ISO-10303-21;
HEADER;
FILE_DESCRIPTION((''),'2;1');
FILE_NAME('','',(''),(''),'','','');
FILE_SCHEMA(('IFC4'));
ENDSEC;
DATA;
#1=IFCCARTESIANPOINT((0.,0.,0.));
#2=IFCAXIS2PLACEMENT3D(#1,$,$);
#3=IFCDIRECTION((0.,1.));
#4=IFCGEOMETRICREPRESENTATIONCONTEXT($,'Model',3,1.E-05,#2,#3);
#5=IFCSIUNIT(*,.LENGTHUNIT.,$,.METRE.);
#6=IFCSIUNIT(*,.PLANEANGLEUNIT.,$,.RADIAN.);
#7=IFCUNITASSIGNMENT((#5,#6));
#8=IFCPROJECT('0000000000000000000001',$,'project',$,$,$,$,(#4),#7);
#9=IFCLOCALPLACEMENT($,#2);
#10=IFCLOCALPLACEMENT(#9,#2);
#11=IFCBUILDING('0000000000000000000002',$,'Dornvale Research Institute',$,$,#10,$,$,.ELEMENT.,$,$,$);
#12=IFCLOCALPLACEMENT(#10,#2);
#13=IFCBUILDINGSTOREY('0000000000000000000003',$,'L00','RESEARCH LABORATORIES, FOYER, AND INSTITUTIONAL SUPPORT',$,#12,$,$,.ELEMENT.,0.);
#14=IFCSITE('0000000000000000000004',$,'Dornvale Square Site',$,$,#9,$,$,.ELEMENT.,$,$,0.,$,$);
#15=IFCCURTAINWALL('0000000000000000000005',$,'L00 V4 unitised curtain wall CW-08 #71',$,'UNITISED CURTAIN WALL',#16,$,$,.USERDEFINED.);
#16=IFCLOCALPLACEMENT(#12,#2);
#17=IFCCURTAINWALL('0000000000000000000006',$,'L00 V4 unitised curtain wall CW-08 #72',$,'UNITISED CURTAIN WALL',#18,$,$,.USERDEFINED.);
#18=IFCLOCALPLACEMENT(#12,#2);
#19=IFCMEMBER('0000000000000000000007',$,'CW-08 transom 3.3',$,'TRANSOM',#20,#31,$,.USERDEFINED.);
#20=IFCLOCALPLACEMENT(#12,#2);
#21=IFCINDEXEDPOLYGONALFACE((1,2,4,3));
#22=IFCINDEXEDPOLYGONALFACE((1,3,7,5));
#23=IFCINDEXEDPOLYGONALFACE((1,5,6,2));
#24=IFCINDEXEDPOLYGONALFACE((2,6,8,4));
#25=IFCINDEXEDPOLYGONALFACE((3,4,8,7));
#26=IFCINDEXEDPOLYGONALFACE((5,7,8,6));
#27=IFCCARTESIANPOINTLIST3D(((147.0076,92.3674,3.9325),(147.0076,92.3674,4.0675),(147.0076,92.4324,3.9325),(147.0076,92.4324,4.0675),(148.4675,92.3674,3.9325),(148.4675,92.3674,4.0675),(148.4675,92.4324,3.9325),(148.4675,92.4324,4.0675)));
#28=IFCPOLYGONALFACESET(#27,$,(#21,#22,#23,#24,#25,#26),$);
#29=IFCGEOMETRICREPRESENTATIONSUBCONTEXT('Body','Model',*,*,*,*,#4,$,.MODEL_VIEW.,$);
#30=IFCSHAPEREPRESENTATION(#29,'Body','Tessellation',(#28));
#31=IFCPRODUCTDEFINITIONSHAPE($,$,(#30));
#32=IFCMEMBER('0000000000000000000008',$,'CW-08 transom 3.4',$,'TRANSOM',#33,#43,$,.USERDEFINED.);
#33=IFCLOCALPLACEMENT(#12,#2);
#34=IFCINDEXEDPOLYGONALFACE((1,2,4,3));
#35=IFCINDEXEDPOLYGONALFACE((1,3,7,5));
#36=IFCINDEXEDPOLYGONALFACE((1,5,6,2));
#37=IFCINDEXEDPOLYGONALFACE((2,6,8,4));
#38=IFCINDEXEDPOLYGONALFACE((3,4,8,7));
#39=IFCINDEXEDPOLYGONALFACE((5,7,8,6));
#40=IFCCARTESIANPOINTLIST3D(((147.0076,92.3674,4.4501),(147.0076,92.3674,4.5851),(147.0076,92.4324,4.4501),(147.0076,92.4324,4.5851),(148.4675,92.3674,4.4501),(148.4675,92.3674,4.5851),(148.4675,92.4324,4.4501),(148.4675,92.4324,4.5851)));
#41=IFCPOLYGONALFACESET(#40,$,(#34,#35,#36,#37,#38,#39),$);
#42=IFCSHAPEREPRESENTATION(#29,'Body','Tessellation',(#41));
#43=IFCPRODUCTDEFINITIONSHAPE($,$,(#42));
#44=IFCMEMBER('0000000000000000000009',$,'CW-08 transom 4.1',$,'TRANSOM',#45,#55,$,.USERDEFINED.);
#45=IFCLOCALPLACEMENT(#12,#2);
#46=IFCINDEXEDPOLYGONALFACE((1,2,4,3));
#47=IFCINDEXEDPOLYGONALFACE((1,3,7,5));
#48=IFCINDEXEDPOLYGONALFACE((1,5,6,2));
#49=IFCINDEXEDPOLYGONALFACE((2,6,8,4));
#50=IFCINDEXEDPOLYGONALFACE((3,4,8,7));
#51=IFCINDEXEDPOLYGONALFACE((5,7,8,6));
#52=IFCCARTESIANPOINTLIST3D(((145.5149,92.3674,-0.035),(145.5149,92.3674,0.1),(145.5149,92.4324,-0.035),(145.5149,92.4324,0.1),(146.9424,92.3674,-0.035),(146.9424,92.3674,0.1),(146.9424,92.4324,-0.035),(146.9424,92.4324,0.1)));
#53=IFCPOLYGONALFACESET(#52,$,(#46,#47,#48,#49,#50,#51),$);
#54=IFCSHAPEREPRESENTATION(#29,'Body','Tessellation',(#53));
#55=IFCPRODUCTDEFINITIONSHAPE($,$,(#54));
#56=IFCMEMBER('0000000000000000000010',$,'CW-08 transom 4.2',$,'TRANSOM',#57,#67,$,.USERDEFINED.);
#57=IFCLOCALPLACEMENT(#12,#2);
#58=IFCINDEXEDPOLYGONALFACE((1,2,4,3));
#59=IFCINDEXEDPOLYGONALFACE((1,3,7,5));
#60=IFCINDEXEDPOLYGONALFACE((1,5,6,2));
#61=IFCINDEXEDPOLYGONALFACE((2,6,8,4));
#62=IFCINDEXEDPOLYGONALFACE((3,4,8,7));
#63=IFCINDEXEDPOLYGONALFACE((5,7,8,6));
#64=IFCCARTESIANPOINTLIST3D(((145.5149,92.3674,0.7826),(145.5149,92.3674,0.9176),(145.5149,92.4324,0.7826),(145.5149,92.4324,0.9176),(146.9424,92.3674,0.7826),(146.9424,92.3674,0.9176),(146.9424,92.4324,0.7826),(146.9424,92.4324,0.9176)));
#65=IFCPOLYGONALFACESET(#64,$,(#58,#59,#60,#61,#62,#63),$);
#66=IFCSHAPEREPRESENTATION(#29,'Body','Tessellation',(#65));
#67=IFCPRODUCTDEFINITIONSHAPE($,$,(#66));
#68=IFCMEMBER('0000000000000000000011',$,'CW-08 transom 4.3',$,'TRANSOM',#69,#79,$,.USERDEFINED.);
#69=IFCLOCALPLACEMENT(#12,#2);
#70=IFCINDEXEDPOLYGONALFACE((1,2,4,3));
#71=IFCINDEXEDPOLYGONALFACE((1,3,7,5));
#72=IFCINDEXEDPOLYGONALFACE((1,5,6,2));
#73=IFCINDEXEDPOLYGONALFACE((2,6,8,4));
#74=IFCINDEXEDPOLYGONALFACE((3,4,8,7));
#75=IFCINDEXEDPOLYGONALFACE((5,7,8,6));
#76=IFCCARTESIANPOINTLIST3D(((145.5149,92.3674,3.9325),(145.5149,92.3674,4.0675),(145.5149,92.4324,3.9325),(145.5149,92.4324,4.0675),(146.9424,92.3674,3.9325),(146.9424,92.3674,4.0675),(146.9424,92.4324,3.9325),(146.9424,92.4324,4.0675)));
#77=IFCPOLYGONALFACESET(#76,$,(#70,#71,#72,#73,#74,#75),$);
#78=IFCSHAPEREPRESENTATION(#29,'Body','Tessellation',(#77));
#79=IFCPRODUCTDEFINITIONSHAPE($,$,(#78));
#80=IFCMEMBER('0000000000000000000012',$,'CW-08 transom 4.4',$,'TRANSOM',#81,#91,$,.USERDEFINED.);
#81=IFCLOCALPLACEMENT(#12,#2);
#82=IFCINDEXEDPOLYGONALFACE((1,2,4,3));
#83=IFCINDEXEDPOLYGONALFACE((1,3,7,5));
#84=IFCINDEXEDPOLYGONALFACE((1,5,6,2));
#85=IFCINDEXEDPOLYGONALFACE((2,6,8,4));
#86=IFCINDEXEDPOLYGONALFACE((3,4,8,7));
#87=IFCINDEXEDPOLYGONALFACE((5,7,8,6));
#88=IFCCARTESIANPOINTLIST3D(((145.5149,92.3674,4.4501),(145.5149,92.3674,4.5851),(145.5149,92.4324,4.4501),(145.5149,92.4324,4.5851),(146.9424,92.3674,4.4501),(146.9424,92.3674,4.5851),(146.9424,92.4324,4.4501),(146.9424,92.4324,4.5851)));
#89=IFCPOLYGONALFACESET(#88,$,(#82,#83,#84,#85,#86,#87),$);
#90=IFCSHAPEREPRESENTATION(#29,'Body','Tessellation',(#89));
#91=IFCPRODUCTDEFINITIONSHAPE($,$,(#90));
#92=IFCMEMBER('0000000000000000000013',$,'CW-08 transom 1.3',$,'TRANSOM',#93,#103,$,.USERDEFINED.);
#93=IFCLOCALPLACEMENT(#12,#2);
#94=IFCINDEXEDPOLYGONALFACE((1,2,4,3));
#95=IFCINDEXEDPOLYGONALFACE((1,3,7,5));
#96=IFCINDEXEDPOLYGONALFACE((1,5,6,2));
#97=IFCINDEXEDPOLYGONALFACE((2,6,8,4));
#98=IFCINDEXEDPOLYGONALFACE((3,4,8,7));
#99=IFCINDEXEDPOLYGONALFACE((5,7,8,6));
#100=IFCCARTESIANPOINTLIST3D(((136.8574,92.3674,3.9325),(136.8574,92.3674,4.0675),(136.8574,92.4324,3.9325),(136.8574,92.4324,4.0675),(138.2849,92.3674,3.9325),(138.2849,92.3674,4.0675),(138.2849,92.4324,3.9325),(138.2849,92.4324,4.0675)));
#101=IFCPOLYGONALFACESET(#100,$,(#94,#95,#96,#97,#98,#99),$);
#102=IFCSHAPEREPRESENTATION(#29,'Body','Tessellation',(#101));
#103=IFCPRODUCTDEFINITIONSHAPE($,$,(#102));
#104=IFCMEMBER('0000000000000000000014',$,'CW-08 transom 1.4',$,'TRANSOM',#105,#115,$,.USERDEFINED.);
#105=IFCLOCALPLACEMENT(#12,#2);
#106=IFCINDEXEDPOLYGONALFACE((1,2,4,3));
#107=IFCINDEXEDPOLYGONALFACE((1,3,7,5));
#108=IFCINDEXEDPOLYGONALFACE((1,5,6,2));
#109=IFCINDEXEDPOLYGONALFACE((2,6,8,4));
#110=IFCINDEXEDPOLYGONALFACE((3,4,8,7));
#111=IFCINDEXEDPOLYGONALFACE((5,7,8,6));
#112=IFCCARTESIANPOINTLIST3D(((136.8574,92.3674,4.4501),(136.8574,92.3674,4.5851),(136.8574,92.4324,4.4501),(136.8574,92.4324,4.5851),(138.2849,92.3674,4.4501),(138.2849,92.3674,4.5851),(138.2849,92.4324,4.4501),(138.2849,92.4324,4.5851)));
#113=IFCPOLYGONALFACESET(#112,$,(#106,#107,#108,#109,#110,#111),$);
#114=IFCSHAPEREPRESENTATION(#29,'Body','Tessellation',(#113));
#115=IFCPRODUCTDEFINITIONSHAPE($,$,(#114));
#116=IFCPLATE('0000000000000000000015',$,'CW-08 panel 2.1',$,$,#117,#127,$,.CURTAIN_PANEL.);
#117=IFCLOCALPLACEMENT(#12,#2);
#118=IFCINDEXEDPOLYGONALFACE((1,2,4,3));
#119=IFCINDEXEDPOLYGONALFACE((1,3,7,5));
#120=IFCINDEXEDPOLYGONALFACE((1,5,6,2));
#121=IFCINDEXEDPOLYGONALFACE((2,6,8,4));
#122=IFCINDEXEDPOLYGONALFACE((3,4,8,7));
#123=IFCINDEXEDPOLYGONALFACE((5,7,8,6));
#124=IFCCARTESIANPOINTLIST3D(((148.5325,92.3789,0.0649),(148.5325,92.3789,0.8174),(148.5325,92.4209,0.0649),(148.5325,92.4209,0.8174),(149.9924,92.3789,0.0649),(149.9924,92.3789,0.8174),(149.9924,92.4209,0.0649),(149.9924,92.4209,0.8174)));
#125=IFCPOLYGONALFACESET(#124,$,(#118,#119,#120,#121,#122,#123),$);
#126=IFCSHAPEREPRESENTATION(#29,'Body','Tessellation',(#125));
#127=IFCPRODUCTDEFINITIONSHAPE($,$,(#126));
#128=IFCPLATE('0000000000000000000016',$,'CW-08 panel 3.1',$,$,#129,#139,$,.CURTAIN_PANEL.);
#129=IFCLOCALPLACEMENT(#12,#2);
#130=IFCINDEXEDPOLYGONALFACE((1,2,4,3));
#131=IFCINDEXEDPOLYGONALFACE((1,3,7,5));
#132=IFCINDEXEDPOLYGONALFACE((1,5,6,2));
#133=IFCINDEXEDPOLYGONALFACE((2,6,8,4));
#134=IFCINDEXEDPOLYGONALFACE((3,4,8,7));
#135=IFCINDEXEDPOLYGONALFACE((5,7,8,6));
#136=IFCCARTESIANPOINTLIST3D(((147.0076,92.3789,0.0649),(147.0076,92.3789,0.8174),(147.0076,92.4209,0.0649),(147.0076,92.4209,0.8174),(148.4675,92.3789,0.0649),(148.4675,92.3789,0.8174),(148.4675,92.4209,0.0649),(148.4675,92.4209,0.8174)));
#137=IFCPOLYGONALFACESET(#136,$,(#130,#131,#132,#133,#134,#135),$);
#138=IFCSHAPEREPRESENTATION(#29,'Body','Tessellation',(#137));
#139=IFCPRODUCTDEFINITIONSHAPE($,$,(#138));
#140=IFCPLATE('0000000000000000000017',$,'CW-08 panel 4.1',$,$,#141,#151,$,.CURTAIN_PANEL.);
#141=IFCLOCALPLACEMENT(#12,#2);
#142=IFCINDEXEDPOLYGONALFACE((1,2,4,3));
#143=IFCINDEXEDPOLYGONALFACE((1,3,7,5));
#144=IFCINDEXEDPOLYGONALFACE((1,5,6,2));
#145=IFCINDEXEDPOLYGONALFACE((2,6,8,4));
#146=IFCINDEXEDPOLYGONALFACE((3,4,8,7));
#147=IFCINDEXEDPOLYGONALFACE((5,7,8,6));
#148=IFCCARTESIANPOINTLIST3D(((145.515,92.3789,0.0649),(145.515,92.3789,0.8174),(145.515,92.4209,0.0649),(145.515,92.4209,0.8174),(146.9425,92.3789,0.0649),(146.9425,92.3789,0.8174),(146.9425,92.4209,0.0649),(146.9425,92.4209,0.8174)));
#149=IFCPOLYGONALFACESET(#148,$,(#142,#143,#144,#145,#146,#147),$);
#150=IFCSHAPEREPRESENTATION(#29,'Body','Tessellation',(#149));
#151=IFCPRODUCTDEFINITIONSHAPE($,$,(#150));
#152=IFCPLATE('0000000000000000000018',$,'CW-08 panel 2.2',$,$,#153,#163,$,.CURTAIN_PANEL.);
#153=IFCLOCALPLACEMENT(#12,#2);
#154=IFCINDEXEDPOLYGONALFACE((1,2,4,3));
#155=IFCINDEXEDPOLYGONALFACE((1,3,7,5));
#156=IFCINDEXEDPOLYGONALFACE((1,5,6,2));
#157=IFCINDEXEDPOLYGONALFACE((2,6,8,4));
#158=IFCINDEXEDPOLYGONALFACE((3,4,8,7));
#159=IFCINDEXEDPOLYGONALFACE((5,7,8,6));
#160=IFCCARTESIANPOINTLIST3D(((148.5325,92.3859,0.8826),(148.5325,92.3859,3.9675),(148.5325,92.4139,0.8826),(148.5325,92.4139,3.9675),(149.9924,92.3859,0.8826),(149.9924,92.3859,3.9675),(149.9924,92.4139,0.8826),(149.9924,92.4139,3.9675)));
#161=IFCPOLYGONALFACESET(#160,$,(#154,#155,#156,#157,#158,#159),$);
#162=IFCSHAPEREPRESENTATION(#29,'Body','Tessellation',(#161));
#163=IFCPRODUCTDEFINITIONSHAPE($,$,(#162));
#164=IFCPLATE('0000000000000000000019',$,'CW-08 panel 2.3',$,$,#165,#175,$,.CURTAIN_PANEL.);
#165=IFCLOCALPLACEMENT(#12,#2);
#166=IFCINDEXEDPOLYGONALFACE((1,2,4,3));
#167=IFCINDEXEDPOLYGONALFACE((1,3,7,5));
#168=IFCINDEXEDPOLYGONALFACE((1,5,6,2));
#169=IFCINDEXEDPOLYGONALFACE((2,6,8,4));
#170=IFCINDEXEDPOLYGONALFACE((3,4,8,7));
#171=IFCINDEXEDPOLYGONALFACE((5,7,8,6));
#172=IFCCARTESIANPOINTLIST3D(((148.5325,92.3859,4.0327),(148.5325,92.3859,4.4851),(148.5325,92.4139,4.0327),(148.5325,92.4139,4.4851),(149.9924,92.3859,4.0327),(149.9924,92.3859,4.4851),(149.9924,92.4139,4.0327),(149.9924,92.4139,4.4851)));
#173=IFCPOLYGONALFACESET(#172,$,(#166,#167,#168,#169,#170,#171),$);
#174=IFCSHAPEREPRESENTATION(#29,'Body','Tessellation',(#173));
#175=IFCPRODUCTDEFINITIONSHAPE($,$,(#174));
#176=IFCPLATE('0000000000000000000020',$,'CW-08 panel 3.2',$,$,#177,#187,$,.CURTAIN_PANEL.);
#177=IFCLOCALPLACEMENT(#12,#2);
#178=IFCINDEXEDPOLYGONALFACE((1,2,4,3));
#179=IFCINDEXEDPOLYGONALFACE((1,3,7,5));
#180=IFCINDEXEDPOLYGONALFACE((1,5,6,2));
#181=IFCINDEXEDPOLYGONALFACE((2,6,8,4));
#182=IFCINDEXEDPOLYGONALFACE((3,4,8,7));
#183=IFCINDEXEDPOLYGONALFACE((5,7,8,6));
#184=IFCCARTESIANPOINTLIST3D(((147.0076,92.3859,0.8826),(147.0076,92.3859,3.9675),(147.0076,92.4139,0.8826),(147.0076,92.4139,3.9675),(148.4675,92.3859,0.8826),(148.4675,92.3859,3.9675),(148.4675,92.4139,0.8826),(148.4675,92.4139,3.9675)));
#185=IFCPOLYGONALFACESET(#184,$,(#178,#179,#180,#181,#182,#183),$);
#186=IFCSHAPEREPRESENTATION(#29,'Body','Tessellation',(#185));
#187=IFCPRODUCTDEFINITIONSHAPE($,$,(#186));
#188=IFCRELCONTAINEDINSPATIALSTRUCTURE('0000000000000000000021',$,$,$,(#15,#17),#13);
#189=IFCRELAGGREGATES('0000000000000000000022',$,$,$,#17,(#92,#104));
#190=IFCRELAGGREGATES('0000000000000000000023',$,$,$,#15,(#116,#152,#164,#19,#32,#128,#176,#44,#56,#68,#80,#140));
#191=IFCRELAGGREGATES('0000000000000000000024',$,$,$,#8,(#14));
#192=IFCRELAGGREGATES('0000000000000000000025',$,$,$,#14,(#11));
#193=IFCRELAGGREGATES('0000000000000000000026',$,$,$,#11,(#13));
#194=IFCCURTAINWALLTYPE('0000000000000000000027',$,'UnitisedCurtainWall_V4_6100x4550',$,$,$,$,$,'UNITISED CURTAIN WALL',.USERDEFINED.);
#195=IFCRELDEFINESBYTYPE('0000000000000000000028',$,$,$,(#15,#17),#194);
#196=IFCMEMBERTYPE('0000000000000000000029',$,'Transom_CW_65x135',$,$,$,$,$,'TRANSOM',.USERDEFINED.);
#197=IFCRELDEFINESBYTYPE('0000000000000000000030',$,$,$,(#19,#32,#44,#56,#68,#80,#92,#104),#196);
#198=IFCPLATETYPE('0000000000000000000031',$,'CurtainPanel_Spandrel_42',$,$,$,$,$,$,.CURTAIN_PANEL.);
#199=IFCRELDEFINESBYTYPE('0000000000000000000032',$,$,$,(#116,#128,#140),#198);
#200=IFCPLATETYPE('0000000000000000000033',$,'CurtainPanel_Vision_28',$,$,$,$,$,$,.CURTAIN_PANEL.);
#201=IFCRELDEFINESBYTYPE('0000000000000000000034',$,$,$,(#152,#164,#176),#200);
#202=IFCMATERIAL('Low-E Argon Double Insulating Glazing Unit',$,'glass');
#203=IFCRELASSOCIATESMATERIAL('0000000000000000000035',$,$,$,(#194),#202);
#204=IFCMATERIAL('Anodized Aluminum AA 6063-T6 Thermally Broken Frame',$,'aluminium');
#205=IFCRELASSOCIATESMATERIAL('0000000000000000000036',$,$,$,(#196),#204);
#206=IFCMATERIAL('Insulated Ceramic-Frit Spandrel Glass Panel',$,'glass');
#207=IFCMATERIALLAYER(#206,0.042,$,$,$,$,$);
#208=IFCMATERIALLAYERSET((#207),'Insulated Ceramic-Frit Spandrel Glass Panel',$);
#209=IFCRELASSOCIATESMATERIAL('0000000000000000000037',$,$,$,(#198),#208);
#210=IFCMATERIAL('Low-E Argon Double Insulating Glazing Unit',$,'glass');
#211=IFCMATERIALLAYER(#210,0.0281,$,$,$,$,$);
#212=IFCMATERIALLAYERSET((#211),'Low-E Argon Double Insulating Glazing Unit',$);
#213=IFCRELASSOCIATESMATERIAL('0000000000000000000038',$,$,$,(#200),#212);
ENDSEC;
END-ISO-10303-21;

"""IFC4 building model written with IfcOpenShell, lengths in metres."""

from ifc_helpers import new_model, si_unit, direction, frame, origin, origin_2d, place, context, subcontext, project, spatial, rectangle, extrude, material, layer, layer_set, material_profile, profile_set, type_object, element, aggregate, save


model = new_model("IFC4")

# Units and contexts
model_context = context("Model", 3, precision=1e-05, world=origin(), true_north=direction((0.0, 1.0)))
body_context = subcontext(model_context, "Body", "Model", "MODEL_VIEW")
ifc_project = project(units=[si_unit("LENGTHUNIT", "METRE"), si_unit("PLANEANGLEUNIT", "RADIAN")], contexts=[model_context])

# Site, building, storey
site_placement = place(None, origin())
site = spatial("IfcSite", under=ifc_project, at=site_placement, Name="Dornvale Square Site", CompositionType="ELEMENT", RefElevation=0.0)
building_placement = place(site_placement, origin())
building = spatial("IfcBuilding", under=site, at=building_placement, Name="Dornvale Research Institute", CompositionType="ELEMENT")
storey_placement = place(building_placement, origin())
storey = spatial("IfcBuildingStorey", under=building, at=storey_placement, Name="L00", Description="RESEARCH LABORATORIES, FOYER, AND INSTITUTIONAL SUPPORT", CompositionType="ELEMENT", Elevation=0.0)

# Curtain wall
ifc_material_1 = material(Name="Low-E Argon Double Insulating Glazing Unit", Category="glass")
curtain_wall_type = type_object("IfcCurtainWallType", Name="UnitisedCurtainWall_V4_6100x4550", ElementType="UNITISED CURTAIN WALL", PredefinedType="USERDEFINED", material=ifc_material_1)
curtain_wall_1_placement = place(storey_placement, origin())
curtain_wall_1 = element("IfcCurtainWall", 1, at=curtain_wall_1_placement, inside=storey, type_object=curtain_wall_type, Name="L00 V4 unitised curtain wall CW-08 #71", ObjectType="UNITISED CURTAIN WALL", PredefinedType="USERDEFINED")

# Curtain wall
curtain_wall_2_placement = place(storey_placement, origin())
curtain_wall_2 = element("IfcCurtainWall", 2, at=curtain_wall_2_placement, inside=storey, type_object=curtain_wall_type, Name="L00 V4 unitised curtain wall CW-08 #72", ObjectType="UNITISED CURTAIN WALL", PredefinedType="USERDEFINED")

# Members
ifc_material_2 = material(Name="Anodized Aluminum AA 6063-T6 Thermally Broken Frame", Category="aluminium")
ifc_material_profile_1 = material_profile(ifc_material_2, rectangle(XDim=0.0649, YDim=0.135, at=origin_2d()), Name="ALU TRANSOM 65x135")
ifc_profile_set_1 = profile_set([ifc_material_profile_1], Name="Anodized Aluminum AA 6063-T6 Thermally Broken Frame")
member_type_1 = type_object("IfcMemberType", Name="Transom_CW_65x135", ElementType="TRANSOM", PredefinedType="USERDEFINED", material=ifc_profile_set_1)
member_1_placement = place(storey_placement, frame((148.4675, 92.3999, 4.0), z_axis=(-1.0, 0.0, 0.0), x_axis=(0.0, -1.0, 0.0)))
member_1 = element("IfcMember", 3, at=member_1_placement, type_object=member_type_1, Name="CW-08 transom 3.3", ObjectType="TRANSOM", PredefinedType="USERDEFINED", context=body_context, shape_type="SweptSolid", body=[
    extrude(rectangle(XDim=0.0649, YDim=0.135, at=origin_2d()), origin(), (0.0, 0.0, 1.0), 1.46),
])
member_2_placement = place(storey_placement, frame((148.4675, 92.3999, 4.5176), z_axis=(-1.0, 0.0, 0.0), x_axis=(0.0, -1.0, 0.0)))
member_2 = element("IfcMember", 4, at=member_2_placement, type_object=member_type_1, Name="CW-08 transom 3.4", ObjectType="TRANSOM", PredefinedType="USERDEFINED", context=body_context, shape_type="SweptSolid", body=[
    extrude(rectangle(XDim=0.0649, YDim=0.135, at=origin_2d()), origin(), (0.0, 0.0, 1.0), 1.46),
])
member_3_placement = place(storey_placement, frame((146.9424, 92.3999, 0.0325), z_axis=(-1.0, 0.0, 0.0), x_axis=(0.0, -1.0, 0.0)))
member_3 = element("IfcMember", 5, at=member_3_placement, type_object=member_type_1, Name="CW-08 transom 4.1", ObjectType="TRANSOM", PredefinedType="USERDEFINED", context=body_context, shape_type="SweptSolid", body=[
    extrude(rectangle(XDim=0.0649, YDim=0.135, at=origin_2d()), origin(), (0.0, 0.0, 1.0), 1.4275),
])
member_4_placement = place(storey_placement, frame((146.9424, 92.3999, 0.8501), z_axis=(-1.0, 0.0, 0.0), x_axis=(0.0, -1.0, 0.0)))
member_4 = element("IfcMember", 6, at=member_4_placement, type_object=member_type_1, Name="CW-08 transom 4.2", ObjectType="TRANSOM", PredefinedType="USERDEFINED", context=body_context, shape_type="SweptSolid", body=[
    extrude(rectangle(XDim=0.0649, YDim=0.135, at=origin_2d()), origin(), (0.0, 0.0, 1.0), 1.4275),
])
member_5_placement = place(storey_placement, frame((146.9424, 92.3999, 4.0), z_axis=(-1.0, 0.0, 0.0), x_axis=(0.0, -1.0, 0.0)))
member_5 = element("IfcMember", 7, at=member_5_placement, type_object=member_type_1, Name="CW-08 transom 4.3", ObjectType="TRANSOM", PredefinedType="USERDEFINED", context=body_context, shape_type="SweptSolid", body=[
    extrude(rectangle(XDim=0.0649, YDim=0.135, at=origin_2d()), origin(), (0.0, 0.0, 1.0), 1.4275),
])
member_6_placement = place(storey_placement, frame((146.9424, 92.3999, 4.5176), z_axis=(-1.0, 0.0, 0.0), x_axis=(0.0, -1.0, 0.0)))
member_6 = element("IfcMember", 8, at=member_6_placement, type_object=member_type_1, Name="CW-08 transom 4.4", ObjectType="TRANSOM", PredefinedType="USERDEFINED", context=body_context, shape_type="SweptSolid", body=[
    extrude(rectangle(XDim=0.0649, YDim=0.135, at=origin_2d()), origin(), (0.0, 0.0, 1.0), 1.4275),
])
member_7_placement = place(storey_placement, frame((138.2849, 92.3999, 4.0), z_axis=(-1.0, 0.0, 0.0), x_axis=(0.0, -1.0, 0.0)))
member_7 = element("IfcMember", 9, at=member_7_placement, type_object=member_type_1, Name="CW-08 transom 1.3", ObjectType="TRANSOM", PredefinedType="USERDEFINED", context=body_context, shape_type="SweptSolid", body=[
    extrude(rectangle(XDim=0.0649, YDim=0.135, at=origin_2d()), origin(), (0.0, 0.0, 1.0), 1.4275),
])
member_8_placement = place(storey_placement, frame((138.2849, 92.3999, 4.5176), z_axis=(-1.0, 0.0, 0.0), x_axis=(0.0, -1.0, 0.0)))
member_8 = element("IfcMember", 10, at=member_8_placement, type_object=member_type_1, Name="CW-08 transom 1.4", ObjectType="TRANSOM", PredefinedType="USERDEFINED", context=body_context, shape_type="SweptSolid", body=[
    extrude(rectangle(XDim=0.0649, YDim=0.135, at=origin_2d()), origin(), (0.0, 0.0, 1.0), 1.4275),
])
aggregate(curtain_wall_2, [member_7, member_8])

# Plates
ifc_material_3 = material(Name="Insulated Ceramic-Frit Spandrel Glass Panel", Category="glass")
ifc_layer_1 = layer(ifc_material_3, 0.042)
ifc_layer_set_1 = layer_set([ifc_layer_1], Name="Insulated Ceramic-Frit Spandrel Glass Panel")
plate_type_1 = type_object("IfcPlateType", Name="CurtainPanel_Spandrel_42", PredefinedType="CURTAIN_PANEL", material=ifc_layer_set_1)
plate_1_placement = place(storey_placement, frame((149.2625, 92.3999, 0.0649), z_axis=(0.0, 0.0, 1.0), x_axis=(-1.0, 0.0, 0.0)))
plate_1 = element("IfcPlate", 11, at=plate_1_placement, type_object=plate_type_1, Name="CW-08 panel 2.1", PredefinedType="CURTAIN_PANEL", context=body_context, shape_type="SweptSolid", body=[
    extrude(rectangle(XDim=1.46, YDim=0.042, at=origin_2d()), origin(), (0.0, 0.0, 1.0), 0.7524),
])
plate_2_placement = place(storey_placement, frame((147.7375, 92.3999, 0.0649), z_axis=(0.0, 0.0, 1.0), x_axis=(-1.0, 0.0, 0.0)))
plate_2 = element("IfcPlate", 12, at=plate_2_placement, type_object=plate_type_1, Name="CW-08 panel 3.1", PredefinedType="CURTAIN_PANEL", context=body_context, shape_type="SweptSolid", body=[
    extrude(rectangle(XDim=1.46, YDim=0.042, at=origin_2d()), origin(), (0.0, 0.0, 1.0), 0.7524),
])
plate_3_placement = place(storey_placement, frame((146.2288, 92.3999, 0.0649), z_axis=(0.0, 0.0, 1.0), x_axis=(-1.0, 0.0, 0.0)))
plate_3 = element("IfcPlate", 13, at=plate_3_placement, type_object=plate_type_1, Name="CW-08 panel 4.1", PredefinedType="CURTAIN_PANEL", context=body_context, shape_type="SweptSolid", body=[
    extrude(rectangle(XDim=1.4275, YDim=0.042, at=origin_2d()), origin(), (0.0, 0.0, 1.0), 0.7524),
])
ifc_material_4 = material(Name="Low-E Argon Double Insulating Glazing Unit", Category="glass")
ifc_layer_2 = layer(ifc_material_4, 0.0281)
ifc_layer_set_2 = layer_set([ifc_layer_2], Name="Low-E Argon Double Insulating Glazing Unit")
plate_type_2 = type_object("IfcPlateType", Name="CurtainPanel_Vision_28", PredefinedType="CURTAIN_PANEL", material=ifc_layer_set_2)
plate_4_placement = place(storey_placement, frame((149.2625, 92.3999, 0.8826), z_axis=(0.0, 0.0, 1.0), x_axis=(-1.0, 0.0, 0.0)))
plate_4 = element("IfcPlate", 14, at=plate_4_placement, type_object=plate_type_2, Name="CW-08 panel 2.2", PredefinedType="CURTAIN_PANEL", context=body_context, shape_type="SweptSolid", body=[
    extrude(rectangle(XDim=1.46, YDim=0.0281, at=origin_2d()), origin(), (0.0, 0.0, 1.0), 3.085),
])
plate_5_placement = place(storey_placement, frame((149.2625, 92.3999, 4.0327), z_axis=(0.0, 0.0, 1.0), x_axis=(-1.0, 0.0, 0.0)))
plate_5 = element("IfcPlate", 15, at=plate_5_placement, type_object=plate_type_2, Name="CW-08 panel 2.3", PredefinedType="CURTAIN_PANEL", context=body_context, shape_type="SweptSolid", body=[
    extrude(rectangle(XDim=1.46, YDim=0.0281, at=origin_2d()), origin(), (0.0, 0.0, 1.0), 0.4524),
])
plate_6_placement = place(storey_placement, frame((147.7375, 92.3999, 0.8826), z_axis=(0.0, 0.0, 1.0), x_axis=(-1.0, 0.0, 0.0)))
plate_6 = element("IfcPlate", 16, at=plate_6_placement, type_object=plate_type_2, Name="CW-08 panel 3.2", PredefinedType="CURTAIN_PANEL", context=body_context, shape_type="SweptSolid", body=[
    extrude(rectangle(XDim=1.46, YDim=0.0281, at=origin_2d()), origin(), (0.0, 0.0, 1.0), 3.085),
])
aggregate(curtain_wall_1, [plate_1, plate_4, plate_5, member_1, member_2, plate_2, plate_6, member_3, member_4, member_5, member_6, plate_3])

save(model, "model.ifc")
